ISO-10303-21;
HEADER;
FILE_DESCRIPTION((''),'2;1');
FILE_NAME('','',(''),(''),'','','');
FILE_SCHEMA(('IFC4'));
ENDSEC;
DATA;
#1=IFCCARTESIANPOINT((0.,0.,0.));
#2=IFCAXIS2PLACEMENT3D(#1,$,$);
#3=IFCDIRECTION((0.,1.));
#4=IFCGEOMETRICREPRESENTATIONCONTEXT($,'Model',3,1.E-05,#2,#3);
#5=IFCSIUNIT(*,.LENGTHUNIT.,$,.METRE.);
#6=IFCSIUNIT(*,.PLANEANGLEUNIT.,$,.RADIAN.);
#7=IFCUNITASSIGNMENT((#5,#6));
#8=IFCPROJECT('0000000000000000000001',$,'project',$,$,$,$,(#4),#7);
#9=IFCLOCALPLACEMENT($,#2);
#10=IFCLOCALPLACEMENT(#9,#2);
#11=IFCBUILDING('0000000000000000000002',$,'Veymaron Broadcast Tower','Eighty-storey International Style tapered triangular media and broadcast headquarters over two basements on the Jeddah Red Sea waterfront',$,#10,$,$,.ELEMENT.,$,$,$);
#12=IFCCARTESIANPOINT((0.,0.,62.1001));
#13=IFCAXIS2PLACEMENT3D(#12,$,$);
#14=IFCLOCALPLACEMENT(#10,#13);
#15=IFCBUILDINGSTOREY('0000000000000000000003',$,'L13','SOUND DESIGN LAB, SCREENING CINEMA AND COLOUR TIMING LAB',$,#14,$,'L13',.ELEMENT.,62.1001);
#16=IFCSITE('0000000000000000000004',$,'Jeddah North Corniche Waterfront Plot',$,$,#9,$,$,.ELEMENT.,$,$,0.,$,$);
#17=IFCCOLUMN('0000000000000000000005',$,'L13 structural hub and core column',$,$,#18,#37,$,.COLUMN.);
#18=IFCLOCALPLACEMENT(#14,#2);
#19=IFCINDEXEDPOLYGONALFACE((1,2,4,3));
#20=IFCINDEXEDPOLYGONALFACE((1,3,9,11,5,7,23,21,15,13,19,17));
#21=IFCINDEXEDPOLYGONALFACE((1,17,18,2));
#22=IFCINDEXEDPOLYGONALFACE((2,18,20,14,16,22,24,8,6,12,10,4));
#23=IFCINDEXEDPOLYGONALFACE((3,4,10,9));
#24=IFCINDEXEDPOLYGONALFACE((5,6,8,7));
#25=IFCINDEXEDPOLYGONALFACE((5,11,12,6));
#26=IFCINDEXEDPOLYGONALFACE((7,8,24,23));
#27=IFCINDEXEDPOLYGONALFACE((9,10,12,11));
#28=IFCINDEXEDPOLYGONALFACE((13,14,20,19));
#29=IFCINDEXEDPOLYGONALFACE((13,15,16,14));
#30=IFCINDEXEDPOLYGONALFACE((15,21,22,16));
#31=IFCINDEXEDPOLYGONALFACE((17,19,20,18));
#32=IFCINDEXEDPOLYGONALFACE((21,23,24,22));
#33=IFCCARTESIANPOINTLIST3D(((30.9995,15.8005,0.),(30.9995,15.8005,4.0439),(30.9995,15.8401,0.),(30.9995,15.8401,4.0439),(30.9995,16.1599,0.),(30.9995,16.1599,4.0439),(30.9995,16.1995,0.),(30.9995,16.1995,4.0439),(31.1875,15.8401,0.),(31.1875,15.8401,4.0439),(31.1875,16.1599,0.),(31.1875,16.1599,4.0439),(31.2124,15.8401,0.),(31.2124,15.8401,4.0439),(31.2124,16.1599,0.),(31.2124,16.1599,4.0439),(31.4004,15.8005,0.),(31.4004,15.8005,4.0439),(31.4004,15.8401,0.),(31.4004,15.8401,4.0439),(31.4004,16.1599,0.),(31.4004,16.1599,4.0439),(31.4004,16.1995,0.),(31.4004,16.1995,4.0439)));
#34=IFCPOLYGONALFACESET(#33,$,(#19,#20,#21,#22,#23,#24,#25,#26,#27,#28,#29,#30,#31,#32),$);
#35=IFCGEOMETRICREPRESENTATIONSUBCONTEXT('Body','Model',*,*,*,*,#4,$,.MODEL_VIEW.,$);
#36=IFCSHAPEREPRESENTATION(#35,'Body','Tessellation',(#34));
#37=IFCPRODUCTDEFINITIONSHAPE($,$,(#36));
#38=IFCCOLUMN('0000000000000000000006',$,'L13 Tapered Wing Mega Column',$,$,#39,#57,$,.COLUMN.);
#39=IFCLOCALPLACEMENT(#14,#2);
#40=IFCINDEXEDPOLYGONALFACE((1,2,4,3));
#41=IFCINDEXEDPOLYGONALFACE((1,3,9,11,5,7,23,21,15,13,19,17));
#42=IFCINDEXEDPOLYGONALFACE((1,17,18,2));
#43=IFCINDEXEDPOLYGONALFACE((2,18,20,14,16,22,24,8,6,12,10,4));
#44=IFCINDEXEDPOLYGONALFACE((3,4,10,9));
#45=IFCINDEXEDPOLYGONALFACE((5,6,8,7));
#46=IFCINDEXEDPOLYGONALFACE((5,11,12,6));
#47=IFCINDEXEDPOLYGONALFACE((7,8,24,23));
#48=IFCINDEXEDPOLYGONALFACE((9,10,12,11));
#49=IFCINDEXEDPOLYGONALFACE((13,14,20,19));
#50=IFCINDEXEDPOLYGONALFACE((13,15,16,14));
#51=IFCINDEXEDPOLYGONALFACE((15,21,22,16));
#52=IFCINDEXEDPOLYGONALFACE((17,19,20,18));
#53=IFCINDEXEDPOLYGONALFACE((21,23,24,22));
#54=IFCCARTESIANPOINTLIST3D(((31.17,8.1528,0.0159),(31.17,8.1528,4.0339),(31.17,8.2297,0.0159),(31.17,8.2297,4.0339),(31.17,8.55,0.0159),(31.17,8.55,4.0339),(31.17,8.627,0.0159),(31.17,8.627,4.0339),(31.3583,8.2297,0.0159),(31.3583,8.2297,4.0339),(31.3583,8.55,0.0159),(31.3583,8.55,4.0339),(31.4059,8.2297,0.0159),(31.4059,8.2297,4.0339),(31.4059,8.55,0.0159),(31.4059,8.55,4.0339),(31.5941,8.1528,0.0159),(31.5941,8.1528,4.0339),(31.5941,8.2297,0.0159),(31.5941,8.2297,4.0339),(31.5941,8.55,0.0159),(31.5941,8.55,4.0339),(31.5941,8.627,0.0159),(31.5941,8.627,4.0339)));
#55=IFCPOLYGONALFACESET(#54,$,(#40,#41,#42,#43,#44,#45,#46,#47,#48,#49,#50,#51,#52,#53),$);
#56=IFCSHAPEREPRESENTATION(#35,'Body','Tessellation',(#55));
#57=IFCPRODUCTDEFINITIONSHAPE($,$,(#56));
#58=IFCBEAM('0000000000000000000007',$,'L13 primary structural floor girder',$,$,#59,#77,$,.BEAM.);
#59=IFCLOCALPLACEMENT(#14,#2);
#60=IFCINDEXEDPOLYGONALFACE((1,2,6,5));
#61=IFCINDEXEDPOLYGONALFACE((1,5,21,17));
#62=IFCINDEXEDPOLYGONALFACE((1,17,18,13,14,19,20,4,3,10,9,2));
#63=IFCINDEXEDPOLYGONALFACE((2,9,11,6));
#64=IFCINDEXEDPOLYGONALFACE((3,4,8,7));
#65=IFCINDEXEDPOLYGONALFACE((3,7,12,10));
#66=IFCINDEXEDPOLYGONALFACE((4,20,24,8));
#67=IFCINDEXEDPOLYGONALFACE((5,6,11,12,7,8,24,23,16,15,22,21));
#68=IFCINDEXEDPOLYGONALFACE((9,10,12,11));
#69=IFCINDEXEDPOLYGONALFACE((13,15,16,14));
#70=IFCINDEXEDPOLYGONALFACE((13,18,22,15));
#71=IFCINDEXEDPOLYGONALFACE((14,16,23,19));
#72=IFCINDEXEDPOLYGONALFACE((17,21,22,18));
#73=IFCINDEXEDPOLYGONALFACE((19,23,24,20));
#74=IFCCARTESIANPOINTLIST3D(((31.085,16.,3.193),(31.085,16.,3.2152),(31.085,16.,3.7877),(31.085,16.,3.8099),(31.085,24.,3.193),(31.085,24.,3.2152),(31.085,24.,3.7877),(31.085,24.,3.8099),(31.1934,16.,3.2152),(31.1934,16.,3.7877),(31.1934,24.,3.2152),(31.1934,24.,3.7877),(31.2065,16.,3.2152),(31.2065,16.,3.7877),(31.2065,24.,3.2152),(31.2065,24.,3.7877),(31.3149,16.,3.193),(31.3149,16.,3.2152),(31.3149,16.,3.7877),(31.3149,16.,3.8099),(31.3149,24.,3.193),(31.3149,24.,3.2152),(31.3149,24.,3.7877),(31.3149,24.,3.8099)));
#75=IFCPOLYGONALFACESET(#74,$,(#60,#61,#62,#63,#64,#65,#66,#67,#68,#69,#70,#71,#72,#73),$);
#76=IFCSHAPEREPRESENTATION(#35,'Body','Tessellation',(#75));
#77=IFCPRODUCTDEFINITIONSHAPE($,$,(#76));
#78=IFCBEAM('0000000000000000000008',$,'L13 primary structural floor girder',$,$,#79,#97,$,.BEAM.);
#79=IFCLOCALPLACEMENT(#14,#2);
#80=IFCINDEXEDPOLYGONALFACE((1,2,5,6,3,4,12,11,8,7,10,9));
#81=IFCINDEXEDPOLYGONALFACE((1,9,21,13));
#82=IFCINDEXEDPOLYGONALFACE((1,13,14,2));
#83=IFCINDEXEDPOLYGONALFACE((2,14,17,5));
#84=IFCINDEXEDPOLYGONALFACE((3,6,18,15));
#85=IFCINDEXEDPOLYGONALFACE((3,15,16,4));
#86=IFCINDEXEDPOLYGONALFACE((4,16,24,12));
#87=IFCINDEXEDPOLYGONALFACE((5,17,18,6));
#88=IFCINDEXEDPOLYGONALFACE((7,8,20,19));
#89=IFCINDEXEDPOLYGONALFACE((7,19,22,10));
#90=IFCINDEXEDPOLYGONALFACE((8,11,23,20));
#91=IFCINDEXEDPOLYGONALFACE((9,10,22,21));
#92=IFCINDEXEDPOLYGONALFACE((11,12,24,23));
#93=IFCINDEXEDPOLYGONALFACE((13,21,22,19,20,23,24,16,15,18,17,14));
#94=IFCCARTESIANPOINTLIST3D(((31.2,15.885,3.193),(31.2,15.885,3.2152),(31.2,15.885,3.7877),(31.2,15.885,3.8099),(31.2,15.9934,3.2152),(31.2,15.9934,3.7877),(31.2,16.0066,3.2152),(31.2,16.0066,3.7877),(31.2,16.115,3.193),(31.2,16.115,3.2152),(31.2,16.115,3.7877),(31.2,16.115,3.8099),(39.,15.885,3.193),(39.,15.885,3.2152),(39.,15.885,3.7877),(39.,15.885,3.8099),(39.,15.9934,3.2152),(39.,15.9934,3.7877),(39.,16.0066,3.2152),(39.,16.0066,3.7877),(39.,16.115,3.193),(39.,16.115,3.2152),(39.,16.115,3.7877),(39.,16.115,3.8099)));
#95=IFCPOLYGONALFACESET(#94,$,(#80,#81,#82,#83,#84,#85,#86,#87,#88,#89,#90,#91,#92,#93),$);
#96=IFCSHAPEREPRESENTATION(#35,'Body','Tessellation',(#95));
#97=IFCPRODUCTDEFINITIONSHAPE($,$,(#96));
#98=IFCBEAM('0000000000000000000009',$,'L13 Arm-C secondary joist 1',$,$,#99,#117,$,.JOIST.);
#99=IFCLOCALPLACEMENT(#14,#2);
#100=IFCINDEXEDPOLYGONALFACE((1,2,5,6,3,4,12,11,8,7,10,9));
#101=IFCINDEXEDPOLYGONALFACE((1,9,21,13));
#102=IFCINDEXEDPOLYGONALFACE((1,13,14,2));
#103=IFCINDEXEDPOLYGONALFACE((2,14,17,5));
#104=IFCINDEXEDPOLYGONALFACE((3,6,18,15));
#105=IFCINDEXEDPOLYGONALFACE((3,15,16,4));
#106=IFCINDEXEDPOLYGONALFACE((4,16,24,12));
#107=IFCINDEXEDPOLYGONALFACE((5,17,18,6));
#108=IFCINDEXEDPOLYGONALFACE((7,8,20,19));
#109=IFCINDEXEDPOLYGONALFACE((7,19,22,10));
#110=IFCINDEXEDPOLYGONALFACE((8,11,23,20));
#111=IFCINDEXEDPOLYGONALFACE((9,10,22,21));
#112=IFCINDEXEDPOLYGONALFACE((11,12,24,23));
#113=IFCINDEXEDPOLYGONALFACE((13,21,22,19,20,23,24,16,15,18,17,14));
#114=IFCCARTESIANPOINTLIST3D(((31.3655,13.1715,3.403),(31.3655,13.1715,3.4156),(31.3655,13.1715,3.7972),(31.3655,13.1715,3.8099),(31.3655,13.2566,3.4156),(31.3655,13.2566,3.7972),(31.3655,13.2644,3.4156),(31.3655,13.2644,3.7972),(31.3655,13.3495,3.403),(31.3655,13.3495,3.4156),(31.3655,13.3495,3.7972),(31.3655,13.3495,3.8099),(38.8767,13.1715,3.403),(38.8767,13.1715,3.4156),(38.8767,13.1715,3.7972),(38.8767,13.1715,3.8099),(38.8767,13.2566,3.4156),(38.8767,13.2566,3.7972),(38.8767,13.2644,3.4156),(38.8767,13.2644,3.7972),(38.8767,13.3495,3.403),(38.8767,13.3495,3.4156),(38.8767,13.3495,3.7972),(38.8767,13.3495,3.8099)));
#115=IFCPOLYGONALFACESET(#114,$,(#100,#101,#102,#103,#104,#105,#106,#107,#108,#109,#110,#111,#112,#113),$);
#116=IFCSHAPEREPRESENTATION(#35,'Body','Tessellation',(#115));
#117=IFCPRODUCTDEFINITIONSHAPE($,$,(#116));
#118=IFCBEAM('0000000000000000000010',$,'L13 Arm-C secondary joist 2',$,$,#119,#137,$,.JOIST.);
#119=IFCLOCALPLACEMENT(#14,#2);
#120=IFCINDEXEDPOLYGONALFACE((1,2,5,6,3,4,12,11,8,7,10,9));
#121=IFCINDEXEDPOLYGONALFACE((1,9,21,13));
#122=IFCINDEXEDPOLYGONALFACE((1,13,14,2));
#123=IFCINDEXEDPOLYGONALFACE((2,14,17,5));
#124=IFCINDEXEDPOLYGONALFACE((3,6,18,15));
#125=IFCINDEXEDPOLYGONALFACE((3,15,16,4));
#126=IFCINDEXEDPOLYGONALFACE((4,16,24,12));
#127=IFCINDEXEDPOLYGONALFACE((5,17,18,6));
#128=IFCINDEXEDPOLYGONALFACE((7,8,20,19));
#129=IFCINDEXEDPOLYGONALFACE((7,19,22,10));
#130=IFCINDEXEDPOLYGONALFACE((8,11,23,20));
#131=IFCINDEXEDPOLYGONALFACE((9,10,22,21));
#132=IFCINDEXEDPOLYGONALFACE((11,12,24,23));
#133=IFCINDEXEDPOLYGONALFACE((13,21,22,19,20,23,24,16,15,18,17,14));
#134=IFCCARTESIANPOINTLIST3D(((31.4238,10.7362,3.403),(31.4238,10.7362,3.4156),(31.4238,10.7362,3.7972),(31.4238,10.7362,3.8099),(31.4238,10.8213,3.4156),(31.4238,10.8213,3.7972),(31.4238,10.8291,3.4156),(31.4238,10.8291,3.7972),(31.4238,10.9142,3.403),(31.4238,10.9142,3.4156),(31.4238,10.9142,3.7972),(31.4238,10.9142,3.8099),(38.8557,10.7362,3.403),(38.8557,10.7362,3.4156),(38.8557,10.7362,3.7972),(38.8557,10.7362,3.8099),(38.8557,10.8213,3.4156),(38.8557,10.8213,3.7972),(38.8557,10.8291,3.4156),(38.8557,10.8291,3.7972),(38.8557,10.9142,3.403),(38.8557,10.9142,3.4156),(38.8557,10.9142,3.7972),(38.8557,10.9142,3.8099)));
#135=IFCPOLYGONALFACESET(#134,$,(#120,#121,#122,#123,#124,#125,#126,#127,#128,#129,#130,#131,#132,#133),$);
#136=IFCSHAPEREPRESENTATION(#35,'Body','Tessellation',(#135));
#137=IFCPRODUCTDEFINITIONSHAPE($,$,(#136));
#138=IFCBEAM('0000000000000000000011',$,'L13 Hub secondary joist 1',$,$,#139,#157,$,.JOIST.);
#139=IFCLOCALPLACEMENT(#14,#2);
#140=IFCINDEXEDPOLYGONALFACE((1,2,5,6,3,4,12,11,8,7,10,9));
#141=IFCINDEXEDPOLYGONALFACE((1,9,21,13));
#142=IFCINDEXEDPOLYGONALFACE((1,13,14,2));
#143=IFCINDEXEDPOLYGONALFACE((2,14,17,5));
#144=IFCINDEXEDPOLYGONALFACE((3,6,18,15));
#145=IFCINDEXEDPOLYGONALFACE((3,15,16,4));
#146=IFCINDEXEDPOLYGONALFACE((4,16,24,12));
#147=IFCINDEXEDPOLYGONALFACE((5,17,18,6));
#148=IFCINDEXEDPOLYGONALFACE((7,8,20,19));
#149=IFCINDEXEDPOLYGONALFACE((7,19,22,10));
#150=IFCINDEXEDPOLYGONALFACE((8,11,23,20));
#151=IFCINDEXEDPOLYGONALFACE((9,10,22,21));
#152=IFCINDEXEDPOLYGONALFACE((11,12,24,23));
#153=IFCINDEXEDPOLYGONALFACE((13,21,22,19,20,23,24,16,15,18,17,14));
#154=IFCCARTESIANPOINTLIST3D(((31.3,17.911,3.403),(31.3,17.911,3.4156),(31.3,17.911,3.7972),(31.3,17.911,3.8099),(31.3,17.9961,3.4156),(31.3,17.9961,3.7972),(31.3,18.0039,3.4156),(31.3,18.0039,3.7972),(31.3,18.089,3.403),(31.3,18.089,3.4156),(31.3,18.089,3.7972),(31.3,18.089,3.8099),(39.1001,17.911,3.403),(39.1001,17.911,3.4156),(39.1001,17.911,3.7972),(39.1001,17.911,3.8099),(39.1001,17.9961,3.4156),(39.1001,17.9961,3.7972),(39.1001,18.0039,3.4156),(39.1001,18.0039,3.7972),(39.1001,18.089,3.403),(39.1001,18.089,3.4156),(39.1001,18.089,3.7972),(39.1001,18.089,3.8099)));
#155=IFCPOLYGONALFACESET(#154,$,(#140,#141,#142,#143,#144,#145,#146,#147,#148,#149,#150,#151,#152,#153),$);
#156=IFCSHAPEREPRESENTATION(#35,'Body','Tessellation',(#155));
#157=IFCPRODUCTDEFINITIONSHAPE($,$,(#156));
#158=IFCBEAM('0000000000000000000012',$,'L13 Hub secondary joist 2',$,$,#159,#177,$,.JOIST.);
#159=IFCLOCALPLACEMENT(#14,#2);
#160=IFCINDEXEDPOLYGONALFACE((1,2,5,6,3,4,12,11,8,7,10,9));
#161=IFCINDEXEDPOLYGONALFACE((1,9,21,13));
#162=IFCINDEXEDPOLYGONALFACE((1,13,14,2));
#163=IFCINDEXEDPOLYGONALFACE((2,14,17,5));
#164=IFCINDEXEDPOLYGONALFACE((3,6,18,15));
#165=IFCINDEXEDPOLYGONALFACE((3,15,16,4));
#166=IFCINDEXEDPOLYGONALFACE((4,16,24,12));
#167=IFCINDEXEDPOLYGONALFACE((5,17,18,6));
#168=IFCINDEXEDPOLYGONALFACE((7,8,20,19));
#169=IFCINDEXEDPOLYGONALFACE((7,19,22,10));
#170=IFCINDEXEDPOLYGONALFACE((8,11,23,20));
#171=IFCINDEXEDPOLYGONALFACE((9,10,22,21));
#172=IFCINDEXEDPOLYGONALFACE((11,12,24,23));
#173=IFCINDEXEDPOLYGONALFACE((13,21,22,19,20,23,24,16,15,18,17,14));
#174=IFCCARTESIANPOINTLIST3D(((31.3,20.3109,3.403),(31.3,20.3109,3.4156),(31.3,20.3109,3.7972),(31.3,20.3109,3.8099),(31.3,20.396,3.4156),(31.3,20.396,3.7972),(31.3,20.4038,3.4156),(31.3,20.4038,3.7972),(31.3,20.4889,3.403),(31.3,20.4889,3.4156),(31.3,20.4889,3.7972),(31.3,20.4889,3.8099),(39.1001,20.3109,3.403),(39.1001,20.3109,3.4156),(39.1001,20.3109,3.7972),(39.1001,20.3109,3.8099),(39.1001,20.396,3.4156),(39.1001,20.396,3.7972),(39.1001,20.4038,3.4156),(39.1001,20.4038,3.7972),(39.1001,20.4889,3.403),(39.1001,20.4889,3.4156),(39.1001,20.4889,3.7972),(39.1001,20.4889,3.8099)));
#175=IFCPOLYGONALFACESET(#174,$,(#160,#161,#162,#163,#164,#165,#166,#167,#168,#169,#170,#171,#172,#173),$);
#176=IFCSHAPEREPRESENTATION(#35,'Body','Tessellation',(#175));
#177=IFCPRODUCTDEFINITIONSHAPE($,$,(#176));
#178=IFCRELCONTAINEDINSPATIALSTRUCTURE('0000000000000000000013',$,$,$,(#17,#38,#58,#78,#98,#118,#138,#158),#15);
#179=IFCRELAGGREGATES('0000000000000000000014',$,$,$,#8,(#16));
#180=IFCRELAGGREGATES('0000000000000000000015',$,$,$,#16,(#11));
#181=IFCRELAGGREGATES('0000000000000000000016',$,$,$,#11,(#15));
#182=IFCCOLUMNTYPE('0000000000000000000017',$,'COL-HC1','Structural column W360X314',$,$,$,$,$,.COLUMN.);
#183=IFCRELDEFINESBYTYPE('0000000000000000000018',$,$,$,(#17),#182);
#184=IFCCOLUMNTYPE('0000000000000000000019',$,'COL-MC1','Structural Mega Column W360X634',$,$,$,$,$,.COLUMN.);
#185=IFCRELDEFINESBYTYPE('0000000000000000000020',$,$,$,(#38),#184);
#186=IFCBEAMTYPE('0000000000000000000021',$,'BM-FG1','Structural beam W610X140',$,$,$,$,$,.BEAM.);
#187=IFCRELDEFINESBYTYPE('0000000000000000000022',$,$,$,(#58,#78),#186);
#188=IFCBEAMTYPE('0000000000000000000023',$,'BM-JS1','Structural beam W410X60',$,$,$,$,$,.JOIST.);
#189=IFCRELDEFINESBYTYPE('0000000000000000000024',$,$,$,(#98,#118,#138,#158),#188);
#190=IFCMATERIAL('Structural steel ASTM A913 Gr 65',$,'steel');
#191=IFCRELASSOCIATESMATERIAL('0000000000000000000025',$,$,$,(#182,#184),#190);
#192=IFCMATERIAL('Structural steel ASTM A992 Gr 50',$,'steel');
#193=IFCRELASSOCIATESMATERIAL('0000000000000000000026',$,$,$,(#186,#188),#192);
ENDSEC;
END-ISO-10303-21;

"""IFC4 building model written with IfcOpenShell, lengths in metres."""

from ifc_helpers import new_model, si_unit, direction, frame, origin, origin_2d, place, context, subcontext, project, spatial, i_section, extrude, material, material_profile, profile_set, type_object, element, save


model = new_model("IFC4")

# Units and contexts
model_context = context("Model", 3, precision=1e-05, world=origin(), true_north=direction((0.0, 1.0)))
body_context = subcontext(model_context, "Body", "Model", "MODEL_VIEW")
ifc_project = project(units=[si_unit("LENGTHUNIT", "METRE"), si_unit("PLANEANGLEUNIT", "RADIAN")], contexts=[model_context])

# Site, building, storey
site_placement = place(None, origin())
site = spatial("IfcSite", under=ifc_project, at=site_placement, Name="Jeddah North Corniche Waterfront Plot", CompositionType="ELEMENT", RefElevation=0.0)
building_placement = place(site_placement, origin())
building = spatial("IfcBuilding", under=site, at=building_placement, Name="Veymaron Broadcast Tower", Description="Eighty-storey International Style tapered triangular media and broadcast headquarters over two basements on the Jeddah Red Sea waterfront", CompositionType="ELEMENT")
storey_placement = place(building_placement, frame((0.0, 0.0, 62.1001)))
storey = spatial("IfcBuildingStorey", under=building, at=storey_placement, Name="L13", Description="SOUND DESIGN LAB, SCREENING CINEMA AND COLOUR TIMING LAB", LongName="L13", CompositionType="ELEMENT", Elevation=62.1001)

# Columns
ifc_material_1 = material(Name="Structural steel ASTM A913 Gr 65", Category="steel")
ifc_material_profile_1 = material_profile(ifc_material_1, i_section(OverallWidth=0.4009, OverallDepth=0.3989, WebThickness=0.0249, FlangeThickness=0.0396, at=origin_2d()), Name="W360X314")
ifc_profile_set_1 = profile_set([ifc_material_profile_1], Name="Structural steel ASTM A913 Gr 65")
column_type_1 = type_object("IfcColumnType", Name="COL-HC1", Description="Structural column W360X314", PredefinedType="COLUMN", material=ifc_profile_set_1)
column_1_placement = place(storey_placement, frame((31.2, 16.0, 0.0), z_axis=(0.0, 0.0, 1.0), x_axis=(1.0, 0.0, 0.0)))
element("IfcColumn", 1, at=column_1_placement, inside=storey, type_object=column_type_1, Name="L13 structural hub and core column", PredefinedType="COLUMN", context=body_context, shape_type="SweptSolid", body=[
    extrude(i_section(OverallWidth=0.4009, OverallDepth=0.3989, WebThickness=0.0249, FlangeThickness=0.0396, at=origin_2d()), origin(), (0.0, 0.0, 1.0), 4.0439),
])
ifc_material_profile_2 = material_profile(ifc_material_1, i_section(OverallWidth=0.4241, OverallDepth=0.4741, WebThickness=0.0476, FlangeThickness=0.0769, at=origin_2d()), Name="W360X634")
ifc_profile_set_2 = profile_set([ifc_material_profile_2], Name="Structural steel ASTM A913 Gr 65")
column_type_2 = type_object("IfcColumnType", Name="COL-MC1", Description="Structural Mega Column W360X634", PredefinedType="COLUMN", material=ifc_profile_set_2)
column_2_placement = place(storey_placement, frame((31.3821, 8.3899, 0.0159), z_axis=(0.0, 0.0, 1.0), x_axis=(1.0, 0.0, 0.0)))
element("IfcColumn", 2, at=column_2_placement, inside=storey, type_object=column_type_2, Name="L13 Tapered Wing Mega Column", PredefinedType="COLUMN", context=body_context, shape_type="SweptSolid", body=[
    extrude(i_section(OverallWidth=0.4241, OverallDepth=0.4741, WebThickness=0.0476, FlangeThickness=0.0769, at=origin_2d()), origin(), (0.0, 0.0, 1.0), 4.0181),
])

# Beams
ifc_material_2 = material(Name="Structural steel ASTM A992 Gr 50", Category="steel")
ifc_material_profile_3 = material_profile(ifc_material_2, i_section(OverallWidth=0.23, OverallDepth=0.6169, WebThickness=0.0132, FlangeThickness=0.0222, at=origin_2d()), Name="W610X140")
ifc_profile_set_3 = profile_set([ifc_material_profile_3], Name="Structural steel ASTM A992 Gr 50")
beam_type_1 = type_object("IfcBeamType", Name="BM-FG1", Description="Structural beam W610X140", PredefinedType="BEAM", material=ifc_profile_set_3)
beam_1_placement = place(storey_placement, frame((31.2, 16.0, 3.5015), z_axis=(0.0, 1.0, 0.0), x_axis=(-1.0, 0.0, 0.0)))
element("IfcBeam", 3, at=beam_1_placement, inside=storey, type_object=beam_type_1, Name="L13 primary structural floor girder", PredefinedType="BEAM", context=body_context, shape_type="SweptSolid", body=[
    extrude(i_section(OverallWidth=0.23, OverallDepth=0.6169, WebThickness=0.0132, FlangeThickness=0.0222, at=origin_2d()), origin(), (0.0, 0.0, 1.0), 8.0),
])
beam_2_placement = place(storey_placement, frame((31.2, 16.0, 3.5015), z_axis=(1.0, 0.0, 0.0), x_axis=(0.0, 1.0, 0.0)))
element("IfcBeam", 4, at=beam_2_placement, inside=storey, type_object=beam_type_1, Name="L13 primary structural floor girder", PredefinedType="BEAM", context=body_context, shape_type="SweptSolid", body=[
    extrude(i_section(OverallWidth=0.23, OverallDepth=0.6169, WebThickness=0.0132, FlangeThickness=0.0222, at=origin_2d()), origin(), (0.0, 0.0, 1.0), 7.8),
])
ifc_material_profile_4 = material_profile(ifc_material_2, i_section(OverallWidth=0.178, OverallDepth=0.407, WebThickness=0.0078, FlangeThickness=0.0127, at=origin_2d()), Name="W410X60")
ifc_profile_set_4 = profile_set([ifc_material_profile_4], Name="Structural steel ASTM A992 Gr 50")
beam_type_2 = type_object("IfcBeamType", Name="BM-JS1", Description="Structural beam W410X60", PredefinedType="JOIST", material=ifc_profile_set_4)
beam_3_placement = place(storey_placement, frame((31.3655, 13.2605, 3.6064), z_axis=(1.0, 0.0, 0.0), x_axis=(0.0, 1.0, 0.0)))
element("IfcBeam", 5, at=beam_3_placement, inside=storey, type_object=beam_type_2, Name="L13 Arm-C secondary joist 1", PredefinedType="JOIST", context=body_context, shape_type="SweptSolid", body=[
    extrude(i_section(OverallWidth=0.178, OverallDepth=0.407, WebThickness=0.0078, FlangeThickness=0.0127, at=origin_2d()), origin(), (0.0, 0.0, 1.0), 7.5112),
])
beam_4_placement = place(storey_placement, frame((31.4238, 10.8252, 3.6064), z_axis=(1.0, 0.0, 0.0), x_axis=(0.0, 1.0, 0.0)))
element("IfcBeam", 6, at=beam_4_placement, inside=storey, type_object=beam_type_2, Name="L13 Arm-C secondary joist 2", PredefinedType="JOIST", context=body_context, shape_type="SweptSolid", body=[
    extrude(i_section(OverallWidth=0.178, OverallDepth=0.407, WebThickness=0.0078, FlangeThickness=0.0127, at=origin_2d()), origin(), (0.0, 0.0, 1.0), 7.4319),
])
for number, where, z_axis, x_axis, name in (
    (7, (31.3, 18.0, 3.6064), (1.0, 0.0, 0.0), (0.0, 1.0, 0.0), "L13 Hub secondary joist 1"),
    (8, (31.3, 20.3999, 3.6064), (1.0, 0.0, 0.0), (0.0, 1.0, 0.0), "L13 Hub secondary joist 2"),
):
    element("IfcBeam", number, at=place(storey_placement, frame(where, z_axis=z_axis, x_axis=x_axis)), inside=storey, type_object=beam_type_2, Name=name, PredefinedType="JOIST", context=body_context, shape_type="SweptSolid", body=[
        extrude(i_section(OverallWidth=0.178, OverallDepth=0.407, WebThickness=0.0078, FlangeThickness=0.0127, at=origin_2d()), origin(), (0.0, 0.0, 1.0), 7.8),
    ])

save(model, "model.ifc")
